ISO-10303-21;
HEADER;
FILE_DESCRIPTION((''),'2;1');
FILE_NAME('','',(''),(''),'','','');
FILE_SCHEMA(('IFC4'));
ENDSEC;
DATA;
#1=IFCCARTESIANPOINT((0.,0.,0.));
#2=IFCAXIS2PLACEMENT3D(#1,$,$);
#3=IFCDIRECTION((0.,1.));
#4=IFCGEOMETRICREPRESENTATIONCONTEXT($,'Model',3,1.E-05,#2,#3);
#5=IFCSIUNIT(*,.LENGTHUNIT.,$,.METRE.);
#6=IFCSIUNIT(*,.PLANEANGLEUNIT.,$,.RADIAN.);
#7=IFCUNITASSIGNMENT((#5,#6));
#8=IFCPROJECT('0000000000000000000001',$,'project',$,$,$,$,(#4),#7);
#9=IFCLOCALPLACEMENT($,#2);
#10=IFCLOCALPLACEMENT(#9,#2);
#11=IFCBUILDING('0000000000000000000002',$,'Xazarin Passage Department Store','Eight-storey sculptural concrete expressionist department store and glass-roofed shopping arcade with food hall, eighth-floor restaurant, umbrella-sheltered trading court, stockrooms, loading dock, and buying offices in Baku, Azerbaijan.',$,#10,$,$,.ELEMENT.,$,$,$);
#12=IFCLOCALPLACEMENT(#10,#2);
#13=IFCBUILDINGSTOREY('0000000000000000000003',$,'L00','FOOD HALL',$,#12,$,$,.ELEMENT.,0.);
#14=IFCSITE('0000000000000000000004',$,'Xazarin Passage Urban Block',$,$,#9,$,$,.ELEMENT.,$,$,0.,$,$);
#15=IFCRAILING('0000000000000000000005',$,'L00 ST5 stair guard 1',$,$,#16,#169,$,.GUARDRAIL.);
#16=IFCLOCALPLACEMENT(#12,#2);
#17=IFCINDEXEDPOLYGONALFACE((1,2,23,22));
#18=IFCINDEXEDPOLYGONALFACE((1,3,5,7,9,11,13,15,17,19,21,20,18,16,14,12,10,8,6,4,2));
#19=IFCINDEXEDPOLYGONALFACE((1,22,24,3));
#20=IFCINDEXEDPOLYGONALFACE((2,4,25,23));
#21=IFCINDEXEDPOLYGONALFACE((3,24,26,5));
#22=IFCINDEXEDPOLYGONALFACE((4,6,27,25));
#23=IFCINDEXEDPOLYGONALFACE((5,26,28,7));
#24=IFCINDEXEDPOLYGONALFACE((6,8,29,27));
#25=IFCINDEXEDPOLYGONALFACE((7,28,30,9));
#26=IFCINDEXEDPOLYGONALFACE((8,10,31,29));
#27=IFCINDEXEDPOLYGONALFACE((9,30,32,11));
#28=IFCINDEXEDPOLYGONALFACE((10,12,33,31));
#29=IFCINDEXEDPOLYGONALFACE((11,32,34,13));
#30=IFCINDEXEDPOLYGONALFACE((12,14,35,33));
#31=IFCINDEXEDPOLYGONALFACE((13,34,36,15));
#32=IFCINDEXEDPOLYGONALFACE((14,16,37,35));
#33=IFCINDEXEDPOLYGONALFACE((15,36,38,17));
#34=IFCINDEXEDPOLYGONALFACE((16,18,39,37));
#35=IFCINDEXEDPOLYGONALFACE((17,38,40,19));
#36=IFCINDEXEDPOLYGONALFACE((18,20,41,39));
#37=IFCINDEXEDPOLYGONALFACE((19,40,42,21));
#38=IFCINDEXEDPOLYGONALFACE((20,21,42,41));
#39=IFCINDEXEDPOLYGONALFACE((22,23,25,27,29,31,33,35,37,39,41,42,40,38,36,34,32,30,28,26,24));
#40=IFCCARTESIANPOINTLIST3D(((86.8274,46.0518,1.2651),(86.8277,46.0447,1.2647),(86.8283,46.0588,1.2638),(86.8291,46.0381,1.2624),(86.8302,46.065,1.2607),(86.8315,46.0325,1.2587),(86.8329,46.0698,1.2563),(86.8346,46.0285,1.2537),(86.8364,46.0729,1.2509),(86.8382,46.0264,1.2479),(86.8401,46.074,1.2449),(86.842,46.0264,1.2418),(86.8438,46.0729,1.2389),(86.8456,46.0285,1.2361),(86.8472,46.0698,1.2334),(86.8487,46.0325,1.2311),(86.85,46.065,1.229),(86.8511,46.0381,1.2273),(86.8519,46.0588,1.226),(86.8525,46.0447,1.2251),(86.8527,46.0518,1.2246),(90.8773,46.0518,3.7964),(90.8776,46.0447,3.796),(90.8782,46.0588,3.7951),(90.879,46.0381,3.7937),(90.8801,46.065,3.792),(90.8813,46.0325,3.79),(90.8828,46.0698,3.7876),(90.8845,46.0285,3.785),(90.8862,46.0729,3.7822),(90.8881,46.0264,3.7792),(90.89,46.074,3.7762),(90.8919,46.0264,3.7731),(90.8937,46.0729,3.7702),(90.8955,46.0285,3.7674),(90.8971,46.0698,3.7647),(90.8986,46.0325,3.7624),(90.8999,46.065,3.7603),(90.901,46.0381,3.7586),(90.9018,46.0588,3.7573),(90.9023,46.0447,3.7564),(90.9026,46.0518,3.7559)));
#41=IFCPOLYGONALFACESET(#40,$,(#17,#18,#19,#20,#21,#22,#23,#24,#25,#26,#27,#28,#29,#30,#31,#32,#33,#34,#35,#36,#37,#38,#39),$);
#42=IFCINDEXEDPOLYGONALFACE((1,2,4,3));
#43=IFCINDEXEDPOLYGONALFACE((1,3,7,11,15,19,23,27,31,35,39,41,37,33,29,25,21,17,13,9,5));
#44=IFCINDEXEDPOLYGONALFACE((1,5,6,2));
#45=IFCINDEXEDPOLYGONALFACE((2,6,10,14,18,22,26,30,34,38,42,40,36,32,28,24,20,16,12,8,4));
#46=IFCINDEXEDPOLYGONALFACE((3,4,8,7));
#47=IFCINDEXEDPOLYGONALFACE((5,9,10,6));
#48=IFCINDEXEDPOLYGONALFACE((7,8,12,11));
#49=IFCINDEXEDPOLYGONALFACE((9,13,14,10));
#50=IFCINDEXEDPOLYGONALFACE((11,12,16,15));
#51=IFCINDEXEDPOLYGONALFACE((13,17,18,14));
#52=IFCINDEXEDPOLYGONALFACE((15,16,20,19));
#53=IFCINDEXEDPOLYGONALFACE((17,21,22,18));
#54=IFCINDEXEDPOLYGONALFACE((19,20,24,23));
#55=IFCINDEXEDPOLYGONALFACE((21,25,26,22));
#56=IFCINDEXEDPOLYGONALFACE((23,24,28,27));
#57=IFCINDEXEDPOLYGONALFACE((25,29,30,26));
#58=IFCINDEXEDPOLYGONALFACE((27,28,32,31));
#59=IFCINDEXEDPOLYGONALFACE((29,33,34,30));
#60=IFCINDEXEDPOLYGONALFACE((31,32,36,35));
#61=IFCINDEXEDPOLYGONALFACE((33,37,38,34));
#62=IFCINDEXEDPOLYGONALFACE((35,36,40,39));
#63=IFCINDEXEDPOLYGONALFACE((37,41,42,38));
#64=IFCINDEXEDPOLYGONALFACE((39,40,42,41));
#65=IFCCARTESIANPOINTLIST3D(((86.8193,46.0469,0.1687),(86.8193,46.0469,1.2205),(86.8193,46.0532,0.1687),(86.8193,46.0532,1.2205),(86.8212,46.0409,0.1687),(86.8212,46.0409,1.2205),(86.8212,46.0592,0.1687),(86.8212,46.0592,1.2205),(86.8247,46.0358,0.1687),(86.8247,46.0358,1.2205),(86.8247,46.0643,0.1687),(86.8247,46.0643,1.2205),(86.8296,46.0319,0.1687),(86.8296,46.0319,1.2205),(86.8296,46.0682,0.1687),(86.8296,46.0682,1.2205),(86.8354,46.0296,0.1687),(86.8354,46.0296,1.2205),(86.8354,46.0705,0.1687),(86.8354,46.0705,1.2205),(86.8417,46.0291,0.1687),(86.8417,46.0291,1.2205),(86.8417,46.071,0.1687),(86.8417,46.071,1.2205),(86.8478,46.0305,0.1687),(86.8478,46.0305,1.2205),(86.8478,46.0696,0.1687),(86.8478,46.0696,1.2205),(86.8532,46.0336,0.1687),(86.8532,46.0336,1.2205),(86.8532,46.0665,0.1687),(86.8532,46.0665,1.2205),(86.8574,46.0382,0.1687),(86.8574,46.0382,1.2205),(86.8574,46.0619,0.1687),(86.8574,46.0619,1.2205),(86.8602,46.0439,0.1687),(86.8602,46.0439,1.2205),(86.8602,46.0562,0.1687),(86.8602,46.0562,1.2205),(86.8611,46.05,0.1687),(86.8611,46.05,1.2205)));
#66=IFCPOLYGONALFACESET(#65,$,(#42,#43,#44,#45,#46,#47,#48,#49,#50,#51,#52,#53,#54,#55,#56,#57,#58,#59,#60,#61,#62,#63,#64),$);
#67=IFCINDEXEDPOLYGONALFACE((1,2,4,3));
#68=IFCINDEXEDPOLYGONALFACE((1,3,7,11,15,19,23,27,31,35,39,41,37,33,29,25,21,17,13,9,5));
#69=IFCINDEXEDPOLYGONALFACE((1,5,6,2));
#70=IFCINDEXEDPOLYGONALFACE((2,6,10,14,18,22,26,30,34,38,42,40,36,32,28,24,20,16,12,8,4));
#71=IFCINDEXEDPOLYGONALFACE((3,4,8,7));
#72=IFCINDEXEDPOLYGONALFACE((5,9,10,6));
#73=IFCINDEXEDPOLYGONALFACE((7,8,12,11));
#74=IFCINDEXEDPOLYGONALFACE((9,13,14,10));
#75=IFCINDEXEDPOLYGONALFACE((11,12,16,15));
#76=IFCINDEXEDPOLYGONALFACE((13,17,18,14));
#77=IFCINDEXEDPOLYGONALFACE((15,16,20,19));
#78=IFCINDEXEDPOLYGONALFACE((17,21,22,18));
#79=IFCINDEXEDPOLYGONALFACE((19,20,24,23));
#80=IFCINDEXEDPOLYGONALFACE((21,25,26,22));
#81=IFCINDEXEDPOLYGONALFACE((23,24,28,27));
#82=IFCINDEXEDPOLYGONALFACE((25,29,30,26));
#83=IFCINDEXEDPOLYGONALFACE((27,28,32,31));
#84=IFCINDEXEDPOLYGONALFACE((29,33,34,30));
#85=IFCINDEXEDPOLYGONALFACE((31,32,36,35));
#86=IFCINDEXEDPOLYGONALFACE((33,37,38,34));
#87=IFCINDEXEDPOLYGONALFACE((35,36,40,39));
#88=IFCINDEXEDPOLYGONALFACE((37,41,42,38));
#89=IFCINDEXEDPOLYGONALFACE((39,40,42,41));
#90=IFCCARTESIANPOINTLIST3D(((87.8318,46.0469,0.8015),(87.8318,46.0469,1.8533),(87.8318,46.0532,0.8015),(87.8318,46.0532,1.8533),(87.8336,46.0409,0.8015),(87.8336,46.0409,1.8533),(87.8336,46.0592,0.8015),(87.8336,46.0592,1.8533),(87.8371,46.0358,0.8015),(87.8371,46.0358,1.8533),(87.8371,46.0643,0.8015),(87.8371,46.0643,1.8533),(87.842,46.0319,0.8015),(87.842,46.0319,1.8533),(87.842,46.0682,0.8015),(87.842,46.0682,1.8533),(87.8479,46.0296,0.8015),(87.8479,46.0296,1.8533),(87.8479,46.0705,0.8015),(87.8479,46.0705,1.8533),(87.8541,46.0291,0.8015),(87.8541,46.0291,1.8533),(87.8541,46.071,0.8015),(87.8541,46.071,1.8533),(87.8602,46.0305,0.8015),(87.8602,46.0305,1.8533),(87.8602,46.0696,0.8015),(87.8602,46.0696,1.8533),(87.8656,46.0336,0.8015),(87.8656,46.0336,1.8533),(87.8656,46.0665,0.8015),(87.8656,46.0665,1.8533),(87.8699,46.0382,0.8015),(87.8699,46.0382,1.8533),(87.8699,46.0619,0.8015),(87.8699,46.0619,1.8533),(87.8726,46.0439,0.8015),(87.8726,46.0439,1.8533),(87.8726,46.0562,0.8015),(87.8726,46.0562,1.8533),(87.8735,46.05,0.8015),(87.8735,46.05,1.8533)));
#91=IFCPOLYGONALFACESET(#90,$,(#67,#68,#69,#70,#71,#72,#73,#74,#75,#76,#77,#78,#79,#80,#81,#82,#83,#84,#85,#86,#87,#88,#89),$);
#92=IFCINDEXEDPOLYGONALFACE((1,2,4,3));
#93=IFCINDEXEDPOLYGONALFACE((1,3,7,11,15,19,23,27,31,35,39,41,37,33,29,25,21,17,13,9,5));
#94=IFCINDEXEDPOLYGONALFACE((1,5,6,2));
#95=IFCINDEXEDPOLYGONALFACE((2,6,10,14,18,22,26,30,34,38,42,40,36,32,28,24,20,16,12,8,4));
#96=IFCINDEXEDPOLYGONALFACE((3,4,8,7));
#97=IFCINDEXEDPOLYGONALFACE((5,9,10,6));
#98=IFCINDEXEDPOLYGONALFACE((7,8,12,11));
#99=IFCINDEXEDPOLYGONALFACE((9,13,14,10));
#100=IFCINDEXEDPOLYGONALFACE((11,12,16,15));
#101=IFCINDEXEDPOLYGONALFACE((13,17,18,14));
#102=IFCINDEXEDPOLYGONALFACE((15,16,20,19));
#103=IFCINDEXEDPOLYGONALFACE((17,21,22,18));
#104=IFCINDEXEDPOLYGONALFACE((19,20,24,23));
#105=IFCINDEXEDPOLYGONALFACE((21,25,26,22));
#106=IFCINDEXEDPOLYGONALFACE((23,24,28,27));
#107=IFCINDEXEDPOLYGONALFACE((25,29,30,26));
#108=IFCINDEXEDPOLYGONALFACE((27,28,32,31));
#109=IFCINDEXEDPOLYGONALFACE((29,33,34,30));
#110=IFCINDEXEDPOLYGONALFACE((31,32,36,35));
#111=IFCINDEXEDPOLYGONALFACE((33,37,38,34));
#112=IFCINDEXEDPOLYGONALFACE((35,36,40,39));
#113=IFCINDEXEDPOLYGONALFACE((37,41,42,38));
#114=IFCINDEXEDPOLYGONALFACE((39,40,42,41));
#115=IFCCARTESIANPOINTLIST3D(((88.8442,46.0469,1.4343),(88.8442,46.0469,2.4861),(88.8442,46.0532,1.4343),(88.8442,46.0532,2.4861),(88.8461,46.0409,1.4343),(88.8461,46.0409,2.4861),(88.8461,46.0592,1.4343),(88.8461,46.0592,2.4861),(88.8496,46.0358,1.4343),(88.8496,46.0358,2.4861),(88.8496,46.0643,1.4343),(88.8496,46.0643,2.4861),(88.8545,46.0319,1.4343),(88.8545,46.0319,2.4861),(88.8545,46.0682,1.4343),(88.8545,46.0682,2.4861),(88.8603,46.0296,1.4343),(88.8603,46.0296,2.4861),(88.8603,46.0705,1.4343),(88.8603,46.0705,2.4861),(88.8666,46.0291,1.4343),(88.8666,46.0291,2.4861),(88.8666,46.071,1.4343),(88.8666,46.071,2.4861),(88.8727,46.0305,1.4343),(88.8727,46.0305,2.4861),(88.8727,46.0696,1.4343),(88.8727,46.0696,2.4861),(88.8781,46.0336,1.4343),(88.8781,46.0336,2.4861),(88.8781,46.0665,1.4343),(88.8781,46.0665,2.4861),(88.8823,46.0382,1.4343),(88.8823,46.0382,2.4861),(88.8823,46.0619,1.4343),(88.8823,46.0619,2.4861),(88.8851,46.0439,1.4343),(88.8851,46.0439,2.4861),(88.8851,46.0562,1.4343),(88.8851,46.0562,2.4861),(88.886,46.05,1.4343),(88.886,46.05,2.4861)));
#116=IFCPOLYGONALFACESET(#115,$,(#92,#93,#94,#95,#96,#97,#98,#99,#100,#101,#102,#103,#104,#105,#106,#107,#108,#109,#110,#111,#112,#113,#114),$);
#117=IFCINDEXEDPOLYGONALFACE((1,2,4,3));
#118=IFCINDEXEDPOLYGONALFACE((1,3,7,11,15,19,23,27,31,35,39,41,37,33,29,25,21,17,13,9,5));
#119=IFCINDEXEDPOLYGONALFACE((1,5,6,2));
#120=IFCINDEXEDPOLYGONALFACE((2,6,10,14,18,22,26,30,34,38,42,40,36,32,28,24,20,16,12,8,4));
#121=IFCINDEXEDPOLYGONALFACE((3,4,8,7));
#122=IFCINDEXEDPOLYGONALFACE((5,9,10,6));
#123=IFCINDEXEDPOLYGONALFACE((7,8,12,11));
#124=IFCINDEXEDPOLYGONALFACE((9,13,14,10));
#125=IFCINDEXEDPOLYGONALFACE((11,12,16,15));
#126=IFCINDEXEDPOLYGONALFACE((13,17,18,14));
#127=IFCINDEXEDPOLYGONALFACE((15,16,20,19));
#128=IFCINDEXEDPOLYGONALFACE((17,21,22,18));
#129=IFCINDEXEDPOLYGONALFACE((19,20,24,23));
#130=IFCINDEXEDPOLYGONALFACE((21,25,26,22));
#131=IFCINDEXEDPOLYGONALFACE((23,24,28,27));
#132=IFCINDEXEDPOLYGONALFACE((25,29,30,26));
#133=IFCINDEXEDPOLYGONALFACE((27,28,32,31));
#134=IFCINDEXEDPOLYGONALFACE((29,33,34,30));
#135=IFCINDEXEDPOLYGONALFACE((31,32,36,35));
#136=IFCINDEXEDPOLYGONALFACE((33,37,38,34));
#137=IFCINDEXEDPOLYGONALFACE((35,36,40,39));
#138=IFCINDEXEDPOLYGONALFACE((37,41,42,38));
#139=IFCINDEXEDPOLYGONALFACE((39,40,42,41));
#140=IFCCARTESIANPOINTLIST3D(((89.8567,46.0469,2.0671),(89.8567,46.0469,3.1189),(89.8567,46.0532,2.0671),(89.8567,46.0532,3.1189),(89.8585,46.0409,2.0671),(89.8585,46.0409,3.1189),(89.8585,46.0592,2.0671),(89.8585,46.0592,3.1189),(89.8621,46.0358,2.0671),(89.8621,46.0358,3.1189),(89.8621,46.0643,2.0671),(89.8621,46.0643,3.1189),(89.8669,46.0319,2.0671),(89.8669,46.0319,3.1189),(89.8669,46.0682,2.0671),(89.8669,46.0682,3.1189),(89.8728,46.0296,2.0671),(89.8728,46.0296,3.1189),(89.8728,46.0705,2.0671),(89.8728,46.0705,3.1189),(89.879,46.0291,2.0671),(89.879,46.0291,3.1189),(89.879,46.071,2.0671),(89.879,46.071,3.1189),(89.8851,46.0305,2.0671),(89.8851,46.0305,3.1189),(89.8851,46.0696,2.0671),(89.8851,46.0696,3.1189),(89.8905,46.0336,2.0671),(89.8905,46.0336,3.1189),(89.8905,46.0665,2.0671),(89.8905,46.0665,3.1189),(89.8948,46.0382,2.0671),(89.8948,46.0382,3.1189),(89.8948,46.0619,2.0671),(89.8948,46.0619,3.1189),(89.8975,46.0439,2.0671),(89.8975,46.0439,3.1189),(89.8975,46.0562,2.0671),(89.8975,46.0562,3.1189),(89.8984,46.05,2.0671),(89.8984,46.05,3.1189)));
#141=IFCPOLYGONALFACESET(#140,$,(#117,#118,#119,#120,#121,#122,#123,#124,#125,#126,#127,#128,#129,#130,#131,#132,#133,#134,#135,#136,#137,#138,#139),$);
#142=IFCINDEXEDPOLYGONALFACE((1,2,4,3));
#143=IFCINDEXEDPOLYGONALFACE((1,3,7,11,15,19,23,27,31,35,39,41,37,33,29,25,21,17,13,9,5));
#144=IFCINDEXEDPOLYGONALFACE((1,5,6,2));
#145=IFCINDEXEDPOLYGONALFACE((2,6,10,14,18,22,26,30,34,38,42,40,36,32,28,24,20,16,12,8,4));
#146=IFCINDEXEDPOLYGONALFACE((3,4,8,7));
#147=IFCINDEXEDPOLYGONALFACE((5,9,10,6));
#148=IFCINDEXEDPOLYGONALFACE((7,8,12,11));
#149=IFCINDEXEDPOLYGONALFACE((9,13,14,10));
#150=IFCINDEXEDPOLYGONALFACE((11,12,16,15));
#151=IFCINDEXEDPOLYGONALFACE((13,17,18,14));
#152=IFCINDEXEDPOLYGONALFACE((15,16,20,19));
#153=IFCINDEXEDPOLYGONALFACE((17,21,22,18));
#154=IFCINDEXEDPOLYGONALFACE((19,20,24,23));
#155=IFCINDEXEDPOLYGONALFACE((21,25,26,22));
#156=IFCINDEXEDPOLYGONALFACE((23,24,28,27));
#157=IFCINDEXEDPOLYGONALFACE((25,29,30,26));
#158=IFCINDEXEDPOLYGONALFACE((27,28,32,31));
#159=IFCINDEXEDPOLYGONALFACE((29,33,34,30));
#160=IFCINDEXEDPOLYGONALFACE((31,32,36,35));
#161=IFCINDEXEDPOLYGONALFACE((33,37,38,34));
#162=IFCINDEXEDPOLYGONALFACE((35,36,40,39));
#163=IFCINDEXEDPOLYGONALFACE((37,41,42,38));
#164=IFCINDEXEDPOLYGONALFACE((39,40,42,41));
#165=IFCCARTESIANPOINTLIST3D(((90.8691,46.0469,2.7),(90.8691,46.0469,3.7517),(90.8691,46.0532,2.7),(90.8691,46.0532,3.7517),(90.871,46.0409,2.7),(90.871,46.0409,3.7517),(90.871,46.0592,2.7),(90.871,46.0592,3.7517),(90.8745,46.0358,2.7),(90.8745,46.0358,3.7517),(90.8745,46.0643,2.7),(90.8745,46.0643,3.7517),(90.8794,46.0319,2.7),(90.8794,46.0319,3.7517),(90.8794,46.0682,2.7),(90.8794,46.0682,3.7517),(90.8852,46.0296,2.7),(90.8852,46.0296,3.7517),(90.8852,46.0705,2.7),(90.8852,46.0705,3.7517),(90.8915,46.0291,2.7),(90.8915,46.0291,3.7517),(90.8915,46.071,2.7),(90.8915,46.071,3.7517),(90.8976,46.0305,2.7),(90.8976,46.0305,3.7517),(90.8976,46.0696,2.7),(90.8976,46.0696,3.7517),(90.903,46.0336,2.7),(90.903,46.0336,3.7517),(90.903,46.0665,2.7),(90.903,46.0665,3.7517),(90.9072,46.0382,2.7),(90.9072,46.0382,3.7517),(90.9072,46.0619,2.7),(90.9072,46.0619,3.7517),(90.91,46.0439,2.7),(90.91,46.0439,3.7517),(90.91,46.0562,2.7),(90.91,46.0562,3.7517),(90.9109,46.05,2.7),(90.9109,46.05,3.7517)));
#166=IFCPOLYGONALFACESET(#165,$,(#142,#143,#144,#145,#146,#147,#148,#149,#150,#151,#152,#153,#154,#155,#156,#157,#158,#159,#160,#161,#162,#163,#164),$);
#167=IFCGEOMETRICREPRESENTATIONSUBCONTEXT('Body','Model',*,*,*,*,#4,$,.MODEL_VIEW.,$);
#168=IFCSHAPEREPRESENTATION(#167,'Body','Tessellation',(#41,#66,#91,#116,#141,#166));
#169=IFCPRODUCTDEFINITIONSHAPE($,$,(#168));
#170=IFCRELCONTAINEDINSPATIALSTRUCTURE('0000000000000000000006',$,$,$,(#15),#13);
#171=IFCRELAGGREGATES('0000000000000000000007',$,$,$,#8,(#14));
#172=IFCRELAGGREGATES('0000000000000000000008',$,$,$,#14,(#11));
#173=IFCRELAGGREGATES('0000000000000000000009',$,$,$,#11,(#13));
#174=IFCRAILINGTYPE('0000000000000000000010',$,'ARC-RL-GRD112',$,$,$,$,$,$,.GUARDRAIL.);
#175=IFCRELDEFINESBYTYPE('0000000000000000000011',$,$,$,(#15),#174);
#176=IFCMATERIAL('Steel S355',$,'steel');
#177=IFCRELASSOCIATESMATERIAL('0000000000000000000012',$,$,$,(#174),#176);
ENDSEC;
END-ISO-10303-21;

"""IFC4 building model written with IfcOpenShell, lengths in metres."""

from ifc_helpers import new_model, si_unit, direction, frame, origin, origin_2d, place, context, subcontext, project, spatial, circle, extrude, material, type_object, element, save


model = new_model("IFC4")

# Units and contexts
model_context = context("Model", 3, precision=1e-05, world=origin(), true_north=direction((0.0, 1.0)))
body_context = subcontext(model_context, "Body", "Model", "MODEL_VIEW")
ifc_project = project(units=[si_unit("LENGTHUNIT", "METRE"), si_unit("PLANEANGLEUNIT", "RADIAN")], contexts=[model_context])

# Site, building, storey
site_placement = place(None, origin())
site = spatial("IfcSite", under=ifc_project, at=site_placement, Name="Xazarin Passage Urban Block", CompositionType="ELEMENT", RefElevation=0.0)
building_placement = place(site_placement, origin())
building = spatial("IfcBuilding", under=site, at=building_placement, Name="Xazarin Passage Department Store", Description="Eight-storey sculptural concrete expressionist department store and glass-roofed shopping arcade with food hall, eighth-floor restaurant, umbrella-sheltered trading court, stockrooms, loading dock, and buying offices in Baku, Azerbaijan.", CompositionType="ELEMENT")
storey_placement = place(building_placement, origin())
storey = spatial("IfcBuildingStorey", under=building, at=storey_placement, Name="L00", Description="FOOD HALL", CompositionType="ELEMENT", Elevation=0.0)

# Shared definitions
ifc_material_1 = material(Name="Steel S355", Category="steel")

# Railing
railing_type_1 = type_object("IfcRailingType", Name="ARC-RL-GRD112", PredefinedType="GUARDRAIL", material=ifc_material_1)
railing_1_placement = place(storey_placement, frame((86.8401, 46.05, 0.1687)))
element("IfcRailing", 1, at=railing_1_placement, inside=storey, type_object=railing_type_1, Name="L00 ST5 stair guard 1", PredefinedType="GUARDRAIL", context=body_context, shape_type="SweptSolid", body=[
    extrude(circle(Radius=0.0239, at=origin_2d()), frame((0.0, 0.0, 1.0762), z_axis=(0.847987, 0.0, 0.530017), x_axis=(0.0, 1.0, 0.0)), (0.0, 0.0, 1.0), 4.7759),
    extrude(circle(Radius=0.021, at=origin_2d()), origin(), (0.0, 0.0, 1.0), 1.0518),
    extrude(circle(Radius=0.021, at=origin_2d()), frame((1.0125, 0.0, 0.6328)), (0.0, 0.0, 1.0), 1.0518),
    extrude(circle(Radius=0.021, at=origin_2d()), frame((2.0249, 0.0, 1.2656)), (0.0, 0.0, 1.0), 1.0518),
    extrude(circle(Radius=0.021, at=origin_2d()), frame((3.0374, 0.0, 1.8984)), (0.0, 0.0, 1.0), 1.0518),
    extrude(circle(Radius=0.021, at=origin_2d()), frame((4.0498, 0.0, 2.5312)), (0.0, 0.0, 1.0), 1.0518),
])

save(model, "model.ifc")
